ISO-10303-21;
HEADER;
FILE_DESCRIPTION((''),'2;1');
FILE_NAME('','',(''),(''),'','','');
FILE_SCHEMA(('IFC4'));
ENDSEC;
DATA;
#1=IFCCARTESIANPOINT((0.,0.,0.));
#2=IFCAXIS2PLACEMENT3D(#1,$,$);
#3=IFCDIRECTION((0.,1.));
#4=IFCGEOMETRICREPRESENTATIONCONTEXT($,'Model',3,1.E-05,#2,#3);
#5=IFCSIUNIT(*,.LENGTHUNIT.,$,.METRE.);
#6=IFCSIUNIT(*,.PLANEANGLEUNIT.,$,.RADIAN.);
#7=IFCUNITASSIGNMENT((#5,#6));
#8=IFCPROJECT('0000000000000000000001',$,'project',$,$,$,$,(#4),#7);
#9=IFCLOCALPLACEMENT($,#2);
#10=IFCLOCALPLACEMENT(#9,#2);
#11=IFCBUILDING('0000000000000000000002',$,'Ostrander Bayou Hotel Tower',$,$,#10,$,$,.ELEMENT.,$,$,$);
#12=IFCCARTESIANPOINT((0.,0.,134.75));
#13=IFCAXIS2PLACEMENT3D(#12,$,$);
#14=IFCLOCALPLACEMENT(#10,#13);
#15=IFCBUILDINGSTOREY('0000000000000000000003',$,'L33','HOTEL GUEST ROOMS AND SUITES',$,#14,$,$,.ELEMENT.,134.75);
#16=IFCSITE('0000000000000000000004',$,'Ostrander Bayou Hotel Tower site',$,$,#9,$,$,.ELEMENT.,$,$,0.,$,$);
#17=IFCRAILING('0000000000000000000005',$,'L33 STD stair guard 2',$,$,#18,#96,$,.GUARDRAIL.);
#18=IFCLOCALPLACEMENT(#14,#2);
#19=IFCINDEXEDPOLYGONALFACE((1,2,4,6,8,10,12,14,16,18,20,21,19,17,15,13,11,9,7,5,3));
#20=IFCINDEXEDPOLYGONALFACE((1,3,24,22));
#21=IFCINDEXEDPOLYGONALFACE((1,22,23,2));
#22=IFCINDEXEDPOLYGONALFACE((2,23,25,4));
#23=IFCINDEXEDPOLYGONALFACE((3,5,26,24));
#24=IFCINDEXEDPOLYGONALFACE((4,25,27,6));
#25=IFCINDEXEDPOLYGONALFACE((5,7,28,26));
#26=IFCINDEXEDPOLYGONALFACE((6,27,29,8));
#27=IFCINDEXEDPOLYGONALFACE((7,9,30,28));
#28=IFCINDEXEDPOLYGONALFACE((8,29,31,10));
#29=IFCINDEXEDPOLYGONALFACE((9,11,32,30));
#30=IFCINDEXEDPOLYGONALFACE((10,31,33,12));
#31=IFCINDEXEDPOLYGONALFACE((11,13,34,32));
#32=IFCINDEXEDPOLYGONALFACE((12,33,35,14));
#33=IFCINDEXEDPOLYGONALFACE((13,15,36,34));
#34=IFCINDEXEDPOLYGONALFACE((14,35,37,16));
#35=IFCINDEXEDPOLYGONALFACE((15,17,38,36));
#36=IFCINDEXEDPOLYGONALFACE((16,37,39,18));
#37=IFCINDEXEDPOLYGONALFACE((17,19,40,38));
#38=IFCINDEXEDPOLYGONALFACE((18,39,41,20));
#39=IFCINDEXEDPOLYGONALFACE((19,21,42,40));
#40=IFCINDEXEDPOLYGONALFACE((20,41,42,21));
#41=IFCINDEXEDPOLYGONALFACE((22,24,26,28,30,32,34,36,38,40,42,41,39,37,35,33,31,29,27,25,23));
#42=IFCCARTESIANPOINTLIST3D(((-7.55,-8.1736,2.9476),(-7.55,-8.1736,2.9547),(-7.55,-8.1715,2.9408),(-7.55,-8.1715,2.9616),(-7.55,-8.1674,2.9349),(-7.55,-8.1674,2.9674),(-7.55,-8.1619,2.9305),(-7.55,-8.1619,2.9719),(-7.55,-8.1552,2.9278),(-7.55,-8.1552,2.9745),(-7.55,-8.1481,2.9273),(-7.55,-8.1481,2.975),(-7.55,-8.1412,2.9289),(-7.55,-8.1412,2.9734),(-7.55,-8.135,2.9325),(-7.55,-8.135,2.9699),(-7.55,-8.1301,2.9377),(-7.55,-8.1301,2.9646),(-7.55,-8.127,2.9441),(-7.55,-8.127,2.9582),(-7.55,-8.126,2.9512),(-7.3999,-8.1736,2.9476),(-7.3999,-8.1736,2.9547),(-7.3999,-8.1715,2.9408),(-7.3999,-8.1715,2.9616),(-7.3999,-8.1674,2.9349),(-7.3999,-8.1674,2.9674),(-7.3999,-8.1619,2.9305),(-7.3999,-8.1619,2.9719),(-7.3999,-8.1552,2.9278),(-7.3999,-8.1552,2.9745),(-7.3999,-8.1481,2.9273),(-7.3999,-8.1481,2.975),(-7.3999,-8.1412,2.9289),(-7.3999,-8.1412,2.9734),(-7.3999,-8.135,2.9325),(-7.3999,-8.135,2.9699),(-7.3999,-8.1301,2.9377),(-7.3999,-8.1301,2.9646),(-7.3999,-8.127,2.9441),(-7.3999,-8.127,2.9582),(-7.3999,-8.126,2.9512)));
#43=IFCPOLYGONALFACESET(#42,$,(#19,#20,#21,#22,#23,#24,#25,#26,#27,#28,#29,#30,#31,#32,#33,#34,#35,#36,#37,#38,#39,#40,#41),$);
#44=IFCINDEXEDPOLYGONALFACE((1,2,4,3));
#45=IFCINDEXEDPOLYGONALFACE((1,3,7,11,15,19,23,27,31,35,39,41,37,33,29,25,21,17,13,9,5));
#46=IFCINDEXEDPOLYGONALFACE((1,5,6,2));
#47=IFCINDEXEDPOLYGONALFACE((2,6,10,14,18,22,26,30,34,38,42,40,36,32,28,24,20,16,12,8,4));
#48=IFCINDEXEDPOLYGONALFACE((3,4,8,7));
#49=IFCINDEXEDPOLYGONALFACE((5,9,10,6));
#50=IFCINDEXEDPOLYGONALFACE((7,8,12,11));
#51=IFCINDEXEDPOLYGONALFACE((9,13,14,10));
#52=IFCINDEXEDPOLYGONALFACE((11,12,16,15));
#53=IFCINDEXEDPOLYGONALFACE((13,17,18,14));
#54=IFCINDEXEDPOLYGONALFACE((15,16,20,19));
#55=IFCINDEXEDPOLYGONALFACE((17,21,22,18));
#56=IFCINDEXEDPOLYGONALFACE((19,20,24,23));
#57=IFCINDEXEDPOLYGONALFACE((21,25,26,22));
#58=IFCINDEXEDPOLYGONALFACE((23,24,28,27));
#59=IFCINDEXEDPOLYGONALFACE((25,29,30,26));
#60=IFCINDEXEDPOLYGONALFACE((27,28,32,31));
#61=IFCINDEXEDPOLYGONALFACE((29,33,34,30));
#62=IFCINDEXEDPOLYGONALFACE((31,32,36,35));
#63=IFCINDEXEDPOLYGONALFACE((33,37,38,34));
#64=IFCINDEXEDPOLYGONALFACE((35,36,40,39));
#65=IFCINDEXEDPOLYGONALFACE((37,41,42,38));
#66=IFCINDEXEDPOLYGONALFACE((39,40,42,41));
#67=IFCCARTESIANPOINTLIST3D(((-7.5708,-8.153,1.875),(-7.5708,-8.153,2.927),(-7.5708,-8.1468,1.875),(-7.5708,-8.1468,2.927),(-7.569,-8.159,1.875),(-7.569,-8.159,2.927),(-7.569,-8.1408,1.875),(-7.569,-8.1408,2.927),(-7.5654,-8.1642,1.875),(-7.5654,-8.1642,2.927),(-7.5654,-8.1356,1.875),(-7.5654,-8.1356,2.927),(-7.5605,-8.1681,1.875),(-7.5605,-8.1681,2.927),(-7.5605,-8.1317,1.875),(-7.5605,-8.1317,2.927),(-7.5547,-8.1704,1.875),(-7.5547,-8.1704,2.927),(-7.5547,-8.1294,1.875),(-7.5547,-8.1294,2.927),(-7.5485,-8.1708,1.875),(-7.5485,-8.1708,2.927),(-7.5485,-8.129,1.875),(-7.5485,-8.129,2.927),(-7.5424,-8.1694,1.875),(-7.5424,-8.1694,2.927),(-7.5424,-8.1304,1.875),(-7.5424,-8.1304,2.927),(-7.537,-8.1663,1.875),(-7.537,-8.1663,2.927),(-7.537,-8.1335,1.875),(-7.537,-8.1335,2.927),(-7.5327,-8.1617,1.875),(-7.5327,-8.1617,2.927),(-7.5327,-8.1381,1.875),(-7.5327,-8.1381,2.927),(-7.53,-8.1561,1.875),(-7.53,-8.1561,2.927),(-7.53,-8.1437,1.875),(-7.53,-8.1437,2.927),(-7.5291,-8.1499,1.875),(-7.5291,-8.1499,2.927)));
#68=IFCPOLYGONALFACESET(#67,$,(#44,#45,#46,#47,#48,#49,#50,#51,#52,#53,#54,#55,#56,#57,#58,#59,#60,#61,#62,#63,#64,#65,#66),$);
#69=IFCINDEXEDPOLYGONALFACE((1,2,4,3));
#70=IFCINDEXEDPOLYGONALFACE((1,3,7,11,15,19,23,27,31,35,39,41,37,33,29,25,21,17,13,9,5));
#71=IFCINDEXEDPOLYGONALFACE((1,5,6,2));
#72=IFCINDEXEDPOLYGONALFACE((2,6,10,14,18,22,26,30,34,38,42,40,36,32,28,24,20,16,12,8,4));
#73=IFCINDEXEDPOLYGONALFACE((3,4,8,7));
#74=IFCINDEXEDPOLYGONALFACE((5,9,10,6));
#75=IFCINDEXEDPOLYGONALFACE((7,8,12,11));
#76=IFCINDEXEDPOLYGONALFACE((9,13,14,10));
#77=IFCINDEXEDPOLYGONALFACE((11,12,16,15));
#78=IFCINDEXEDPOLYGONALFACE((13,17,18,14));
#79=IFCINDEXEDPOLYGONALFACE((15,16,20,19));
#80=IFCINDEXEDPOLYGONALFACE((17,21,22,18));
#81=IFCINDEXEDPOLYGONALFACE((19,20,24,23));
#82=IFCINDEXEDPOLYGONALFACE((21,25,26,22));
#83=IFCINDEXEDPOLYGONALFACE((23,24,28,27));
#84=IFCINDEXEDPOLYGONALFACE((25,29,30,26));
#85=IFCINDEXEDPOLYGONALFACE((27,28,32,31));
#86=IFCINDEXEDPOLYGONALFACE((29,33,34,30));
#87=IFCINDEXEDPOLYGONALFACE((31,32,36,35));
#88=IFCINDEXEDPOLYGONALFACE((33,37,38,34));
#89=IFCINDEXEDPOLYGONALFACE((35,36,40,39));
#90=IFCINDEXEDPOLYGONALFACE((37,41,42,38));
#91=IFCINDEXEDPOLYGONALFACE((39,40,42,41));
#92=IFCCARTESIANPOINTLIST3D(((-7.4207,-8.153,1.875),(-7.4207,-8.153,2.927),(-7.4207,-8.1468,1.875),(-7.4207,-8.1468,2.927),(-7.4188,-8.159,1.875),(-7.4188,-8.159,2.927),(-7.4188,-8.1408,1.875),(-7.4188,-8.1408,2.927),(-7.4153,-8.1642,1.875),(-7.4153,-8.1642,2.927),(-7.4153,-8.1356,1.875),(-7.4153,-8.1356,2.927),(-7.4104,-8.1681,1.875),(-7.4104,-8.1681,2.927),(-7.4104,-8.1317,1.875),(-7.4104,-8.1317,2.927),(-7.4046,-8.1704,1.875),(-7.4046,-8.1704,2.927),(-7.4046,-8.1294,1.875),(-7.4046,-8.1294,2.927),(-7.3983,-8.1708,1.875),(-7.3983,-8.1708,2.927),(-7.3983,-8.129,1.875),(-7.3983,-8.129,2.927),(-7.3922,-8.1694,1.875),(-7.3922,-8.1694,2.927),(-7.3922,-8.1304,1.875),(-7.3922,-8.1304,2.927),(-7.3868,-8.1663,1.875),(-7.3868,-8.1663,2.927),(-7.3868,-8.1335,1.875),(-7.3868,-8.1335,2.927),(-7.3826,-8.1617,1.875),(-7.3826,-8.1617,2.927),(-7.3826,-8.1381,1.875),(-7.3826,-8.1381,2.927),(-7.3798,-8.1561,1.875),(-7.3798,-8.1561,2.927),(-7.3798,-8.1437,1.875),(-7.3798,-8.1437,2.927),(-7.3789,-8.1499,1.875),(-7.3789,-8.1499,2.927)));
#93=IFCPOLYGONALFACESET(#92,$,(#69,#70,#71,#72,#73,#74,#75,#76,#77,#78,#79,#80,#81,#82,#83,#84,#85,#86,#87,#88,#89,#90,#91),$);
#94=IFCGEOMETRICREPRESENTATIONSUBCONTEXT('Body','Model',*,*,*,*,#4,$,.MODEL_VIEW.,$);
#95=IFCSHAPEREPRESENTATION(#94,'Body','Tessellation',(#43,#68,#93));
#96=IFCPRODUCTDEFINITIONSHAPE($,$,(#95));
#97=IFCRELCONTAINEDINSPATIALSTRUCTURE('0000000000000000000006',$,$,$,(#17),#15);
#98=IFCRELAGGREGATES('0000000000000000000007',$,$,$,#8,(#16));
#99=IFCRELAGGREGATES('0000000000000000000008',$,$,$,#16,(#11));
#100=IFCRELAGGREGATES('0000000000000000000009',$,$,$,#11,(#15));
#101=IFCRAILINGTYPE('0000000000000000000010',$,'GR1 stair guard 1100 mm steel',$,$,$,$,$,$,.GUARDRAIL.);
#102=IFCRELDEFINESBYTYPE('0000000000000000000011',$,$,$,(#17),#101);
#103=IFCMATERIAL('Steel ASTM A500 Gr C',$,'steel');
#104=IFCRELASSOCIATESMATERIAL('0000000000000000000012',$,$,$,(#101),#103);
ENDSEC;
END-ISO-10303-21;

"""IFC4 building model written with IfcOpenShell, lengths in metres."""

from ifc_helpers import new_model, si_unit, direction, frame, origin, origin_2d, place, context, subcontext, project, spatial, circle, extrude, material, type_object, element, save


model = new_model("IFC4")

# Units and contexts
model_context = context("Model", 3, precision=1e-05, world=origin(), true_north=direction((0.0, 1.0)))
body_context = subcontext(model_context, "Body", "Model", "MODEL_VIEW")
ifc_project = project(units=[si_unit("LENGTHUNIT", "METRE"), si_unit("PLANEANGLEUNIT", "RADIAN")], contexts=[model_context])

# Site, building, storey
site_placement = place(None, origin())
site = spatial("IfcSite", under=ifc_project, at=site_placement, Name="Ostrander Bayou Hotel Tower site", CompositionType="ELEMENT", RefElevation=0.0)
building_placement = place(site_placement, origin())
building = spatial("IfcBuilding", under=site, at=building_placement, Name="Ostrander Bayou Hotel Tower", CompositionType="ELEMENT")
storey_placement = place(building_placement, frame((0.0, 0.0, 134.75)))
storey = spatial("IfcBuildingStorey", under=building, at=storey_placement, Name="L33", Description="HOTEL GUEST ROOMS AND SUITES", CompositionType="ELEMENT", Elevation=134.75)

# Railing
ifc_material_1 = material(Name="Steel ASTM A500 Gr C", Category="steel")
railing_type_1 = type_object("IfcRailingType", Name="GR1 stair guard 1100 mm steel", PredefinedType="GUARDRAIL", material=ifc_material_1)
railing_1_placement = place(storey_placement, frame((-7.55, -8.1499, 1.875)))
element("IfcRailing", 1, at=railing_1_placement, inside=storey, type_object=railing_type_1, Name="L33 STD stair guard 2", PredefinedType="GUARDRAIL", context=body_context, shape_type="SweptSolid", body=[
    extrude(circle(Radius=0.0239, at=origin_2d()), frame((0.0, 0.0, 1.0762), z_axis=(1.0, 0.0, 0.0), x_axis=(0.0, 1.0, 0.0)), (0.0, 0.0, 1.0), 0.1501),
    extrude(circle(Radius=0.021, at=origin_2d()), origin(), (0.0, 0.0, 1.0), 1.052),
    extrude(circle(Radius=0.021, at=origin_2d()), frame((0.1501, 0.0, 0.0)), (0.0, 0.0, 1.0), 1.052),
])

save(model, "model.ifc")
